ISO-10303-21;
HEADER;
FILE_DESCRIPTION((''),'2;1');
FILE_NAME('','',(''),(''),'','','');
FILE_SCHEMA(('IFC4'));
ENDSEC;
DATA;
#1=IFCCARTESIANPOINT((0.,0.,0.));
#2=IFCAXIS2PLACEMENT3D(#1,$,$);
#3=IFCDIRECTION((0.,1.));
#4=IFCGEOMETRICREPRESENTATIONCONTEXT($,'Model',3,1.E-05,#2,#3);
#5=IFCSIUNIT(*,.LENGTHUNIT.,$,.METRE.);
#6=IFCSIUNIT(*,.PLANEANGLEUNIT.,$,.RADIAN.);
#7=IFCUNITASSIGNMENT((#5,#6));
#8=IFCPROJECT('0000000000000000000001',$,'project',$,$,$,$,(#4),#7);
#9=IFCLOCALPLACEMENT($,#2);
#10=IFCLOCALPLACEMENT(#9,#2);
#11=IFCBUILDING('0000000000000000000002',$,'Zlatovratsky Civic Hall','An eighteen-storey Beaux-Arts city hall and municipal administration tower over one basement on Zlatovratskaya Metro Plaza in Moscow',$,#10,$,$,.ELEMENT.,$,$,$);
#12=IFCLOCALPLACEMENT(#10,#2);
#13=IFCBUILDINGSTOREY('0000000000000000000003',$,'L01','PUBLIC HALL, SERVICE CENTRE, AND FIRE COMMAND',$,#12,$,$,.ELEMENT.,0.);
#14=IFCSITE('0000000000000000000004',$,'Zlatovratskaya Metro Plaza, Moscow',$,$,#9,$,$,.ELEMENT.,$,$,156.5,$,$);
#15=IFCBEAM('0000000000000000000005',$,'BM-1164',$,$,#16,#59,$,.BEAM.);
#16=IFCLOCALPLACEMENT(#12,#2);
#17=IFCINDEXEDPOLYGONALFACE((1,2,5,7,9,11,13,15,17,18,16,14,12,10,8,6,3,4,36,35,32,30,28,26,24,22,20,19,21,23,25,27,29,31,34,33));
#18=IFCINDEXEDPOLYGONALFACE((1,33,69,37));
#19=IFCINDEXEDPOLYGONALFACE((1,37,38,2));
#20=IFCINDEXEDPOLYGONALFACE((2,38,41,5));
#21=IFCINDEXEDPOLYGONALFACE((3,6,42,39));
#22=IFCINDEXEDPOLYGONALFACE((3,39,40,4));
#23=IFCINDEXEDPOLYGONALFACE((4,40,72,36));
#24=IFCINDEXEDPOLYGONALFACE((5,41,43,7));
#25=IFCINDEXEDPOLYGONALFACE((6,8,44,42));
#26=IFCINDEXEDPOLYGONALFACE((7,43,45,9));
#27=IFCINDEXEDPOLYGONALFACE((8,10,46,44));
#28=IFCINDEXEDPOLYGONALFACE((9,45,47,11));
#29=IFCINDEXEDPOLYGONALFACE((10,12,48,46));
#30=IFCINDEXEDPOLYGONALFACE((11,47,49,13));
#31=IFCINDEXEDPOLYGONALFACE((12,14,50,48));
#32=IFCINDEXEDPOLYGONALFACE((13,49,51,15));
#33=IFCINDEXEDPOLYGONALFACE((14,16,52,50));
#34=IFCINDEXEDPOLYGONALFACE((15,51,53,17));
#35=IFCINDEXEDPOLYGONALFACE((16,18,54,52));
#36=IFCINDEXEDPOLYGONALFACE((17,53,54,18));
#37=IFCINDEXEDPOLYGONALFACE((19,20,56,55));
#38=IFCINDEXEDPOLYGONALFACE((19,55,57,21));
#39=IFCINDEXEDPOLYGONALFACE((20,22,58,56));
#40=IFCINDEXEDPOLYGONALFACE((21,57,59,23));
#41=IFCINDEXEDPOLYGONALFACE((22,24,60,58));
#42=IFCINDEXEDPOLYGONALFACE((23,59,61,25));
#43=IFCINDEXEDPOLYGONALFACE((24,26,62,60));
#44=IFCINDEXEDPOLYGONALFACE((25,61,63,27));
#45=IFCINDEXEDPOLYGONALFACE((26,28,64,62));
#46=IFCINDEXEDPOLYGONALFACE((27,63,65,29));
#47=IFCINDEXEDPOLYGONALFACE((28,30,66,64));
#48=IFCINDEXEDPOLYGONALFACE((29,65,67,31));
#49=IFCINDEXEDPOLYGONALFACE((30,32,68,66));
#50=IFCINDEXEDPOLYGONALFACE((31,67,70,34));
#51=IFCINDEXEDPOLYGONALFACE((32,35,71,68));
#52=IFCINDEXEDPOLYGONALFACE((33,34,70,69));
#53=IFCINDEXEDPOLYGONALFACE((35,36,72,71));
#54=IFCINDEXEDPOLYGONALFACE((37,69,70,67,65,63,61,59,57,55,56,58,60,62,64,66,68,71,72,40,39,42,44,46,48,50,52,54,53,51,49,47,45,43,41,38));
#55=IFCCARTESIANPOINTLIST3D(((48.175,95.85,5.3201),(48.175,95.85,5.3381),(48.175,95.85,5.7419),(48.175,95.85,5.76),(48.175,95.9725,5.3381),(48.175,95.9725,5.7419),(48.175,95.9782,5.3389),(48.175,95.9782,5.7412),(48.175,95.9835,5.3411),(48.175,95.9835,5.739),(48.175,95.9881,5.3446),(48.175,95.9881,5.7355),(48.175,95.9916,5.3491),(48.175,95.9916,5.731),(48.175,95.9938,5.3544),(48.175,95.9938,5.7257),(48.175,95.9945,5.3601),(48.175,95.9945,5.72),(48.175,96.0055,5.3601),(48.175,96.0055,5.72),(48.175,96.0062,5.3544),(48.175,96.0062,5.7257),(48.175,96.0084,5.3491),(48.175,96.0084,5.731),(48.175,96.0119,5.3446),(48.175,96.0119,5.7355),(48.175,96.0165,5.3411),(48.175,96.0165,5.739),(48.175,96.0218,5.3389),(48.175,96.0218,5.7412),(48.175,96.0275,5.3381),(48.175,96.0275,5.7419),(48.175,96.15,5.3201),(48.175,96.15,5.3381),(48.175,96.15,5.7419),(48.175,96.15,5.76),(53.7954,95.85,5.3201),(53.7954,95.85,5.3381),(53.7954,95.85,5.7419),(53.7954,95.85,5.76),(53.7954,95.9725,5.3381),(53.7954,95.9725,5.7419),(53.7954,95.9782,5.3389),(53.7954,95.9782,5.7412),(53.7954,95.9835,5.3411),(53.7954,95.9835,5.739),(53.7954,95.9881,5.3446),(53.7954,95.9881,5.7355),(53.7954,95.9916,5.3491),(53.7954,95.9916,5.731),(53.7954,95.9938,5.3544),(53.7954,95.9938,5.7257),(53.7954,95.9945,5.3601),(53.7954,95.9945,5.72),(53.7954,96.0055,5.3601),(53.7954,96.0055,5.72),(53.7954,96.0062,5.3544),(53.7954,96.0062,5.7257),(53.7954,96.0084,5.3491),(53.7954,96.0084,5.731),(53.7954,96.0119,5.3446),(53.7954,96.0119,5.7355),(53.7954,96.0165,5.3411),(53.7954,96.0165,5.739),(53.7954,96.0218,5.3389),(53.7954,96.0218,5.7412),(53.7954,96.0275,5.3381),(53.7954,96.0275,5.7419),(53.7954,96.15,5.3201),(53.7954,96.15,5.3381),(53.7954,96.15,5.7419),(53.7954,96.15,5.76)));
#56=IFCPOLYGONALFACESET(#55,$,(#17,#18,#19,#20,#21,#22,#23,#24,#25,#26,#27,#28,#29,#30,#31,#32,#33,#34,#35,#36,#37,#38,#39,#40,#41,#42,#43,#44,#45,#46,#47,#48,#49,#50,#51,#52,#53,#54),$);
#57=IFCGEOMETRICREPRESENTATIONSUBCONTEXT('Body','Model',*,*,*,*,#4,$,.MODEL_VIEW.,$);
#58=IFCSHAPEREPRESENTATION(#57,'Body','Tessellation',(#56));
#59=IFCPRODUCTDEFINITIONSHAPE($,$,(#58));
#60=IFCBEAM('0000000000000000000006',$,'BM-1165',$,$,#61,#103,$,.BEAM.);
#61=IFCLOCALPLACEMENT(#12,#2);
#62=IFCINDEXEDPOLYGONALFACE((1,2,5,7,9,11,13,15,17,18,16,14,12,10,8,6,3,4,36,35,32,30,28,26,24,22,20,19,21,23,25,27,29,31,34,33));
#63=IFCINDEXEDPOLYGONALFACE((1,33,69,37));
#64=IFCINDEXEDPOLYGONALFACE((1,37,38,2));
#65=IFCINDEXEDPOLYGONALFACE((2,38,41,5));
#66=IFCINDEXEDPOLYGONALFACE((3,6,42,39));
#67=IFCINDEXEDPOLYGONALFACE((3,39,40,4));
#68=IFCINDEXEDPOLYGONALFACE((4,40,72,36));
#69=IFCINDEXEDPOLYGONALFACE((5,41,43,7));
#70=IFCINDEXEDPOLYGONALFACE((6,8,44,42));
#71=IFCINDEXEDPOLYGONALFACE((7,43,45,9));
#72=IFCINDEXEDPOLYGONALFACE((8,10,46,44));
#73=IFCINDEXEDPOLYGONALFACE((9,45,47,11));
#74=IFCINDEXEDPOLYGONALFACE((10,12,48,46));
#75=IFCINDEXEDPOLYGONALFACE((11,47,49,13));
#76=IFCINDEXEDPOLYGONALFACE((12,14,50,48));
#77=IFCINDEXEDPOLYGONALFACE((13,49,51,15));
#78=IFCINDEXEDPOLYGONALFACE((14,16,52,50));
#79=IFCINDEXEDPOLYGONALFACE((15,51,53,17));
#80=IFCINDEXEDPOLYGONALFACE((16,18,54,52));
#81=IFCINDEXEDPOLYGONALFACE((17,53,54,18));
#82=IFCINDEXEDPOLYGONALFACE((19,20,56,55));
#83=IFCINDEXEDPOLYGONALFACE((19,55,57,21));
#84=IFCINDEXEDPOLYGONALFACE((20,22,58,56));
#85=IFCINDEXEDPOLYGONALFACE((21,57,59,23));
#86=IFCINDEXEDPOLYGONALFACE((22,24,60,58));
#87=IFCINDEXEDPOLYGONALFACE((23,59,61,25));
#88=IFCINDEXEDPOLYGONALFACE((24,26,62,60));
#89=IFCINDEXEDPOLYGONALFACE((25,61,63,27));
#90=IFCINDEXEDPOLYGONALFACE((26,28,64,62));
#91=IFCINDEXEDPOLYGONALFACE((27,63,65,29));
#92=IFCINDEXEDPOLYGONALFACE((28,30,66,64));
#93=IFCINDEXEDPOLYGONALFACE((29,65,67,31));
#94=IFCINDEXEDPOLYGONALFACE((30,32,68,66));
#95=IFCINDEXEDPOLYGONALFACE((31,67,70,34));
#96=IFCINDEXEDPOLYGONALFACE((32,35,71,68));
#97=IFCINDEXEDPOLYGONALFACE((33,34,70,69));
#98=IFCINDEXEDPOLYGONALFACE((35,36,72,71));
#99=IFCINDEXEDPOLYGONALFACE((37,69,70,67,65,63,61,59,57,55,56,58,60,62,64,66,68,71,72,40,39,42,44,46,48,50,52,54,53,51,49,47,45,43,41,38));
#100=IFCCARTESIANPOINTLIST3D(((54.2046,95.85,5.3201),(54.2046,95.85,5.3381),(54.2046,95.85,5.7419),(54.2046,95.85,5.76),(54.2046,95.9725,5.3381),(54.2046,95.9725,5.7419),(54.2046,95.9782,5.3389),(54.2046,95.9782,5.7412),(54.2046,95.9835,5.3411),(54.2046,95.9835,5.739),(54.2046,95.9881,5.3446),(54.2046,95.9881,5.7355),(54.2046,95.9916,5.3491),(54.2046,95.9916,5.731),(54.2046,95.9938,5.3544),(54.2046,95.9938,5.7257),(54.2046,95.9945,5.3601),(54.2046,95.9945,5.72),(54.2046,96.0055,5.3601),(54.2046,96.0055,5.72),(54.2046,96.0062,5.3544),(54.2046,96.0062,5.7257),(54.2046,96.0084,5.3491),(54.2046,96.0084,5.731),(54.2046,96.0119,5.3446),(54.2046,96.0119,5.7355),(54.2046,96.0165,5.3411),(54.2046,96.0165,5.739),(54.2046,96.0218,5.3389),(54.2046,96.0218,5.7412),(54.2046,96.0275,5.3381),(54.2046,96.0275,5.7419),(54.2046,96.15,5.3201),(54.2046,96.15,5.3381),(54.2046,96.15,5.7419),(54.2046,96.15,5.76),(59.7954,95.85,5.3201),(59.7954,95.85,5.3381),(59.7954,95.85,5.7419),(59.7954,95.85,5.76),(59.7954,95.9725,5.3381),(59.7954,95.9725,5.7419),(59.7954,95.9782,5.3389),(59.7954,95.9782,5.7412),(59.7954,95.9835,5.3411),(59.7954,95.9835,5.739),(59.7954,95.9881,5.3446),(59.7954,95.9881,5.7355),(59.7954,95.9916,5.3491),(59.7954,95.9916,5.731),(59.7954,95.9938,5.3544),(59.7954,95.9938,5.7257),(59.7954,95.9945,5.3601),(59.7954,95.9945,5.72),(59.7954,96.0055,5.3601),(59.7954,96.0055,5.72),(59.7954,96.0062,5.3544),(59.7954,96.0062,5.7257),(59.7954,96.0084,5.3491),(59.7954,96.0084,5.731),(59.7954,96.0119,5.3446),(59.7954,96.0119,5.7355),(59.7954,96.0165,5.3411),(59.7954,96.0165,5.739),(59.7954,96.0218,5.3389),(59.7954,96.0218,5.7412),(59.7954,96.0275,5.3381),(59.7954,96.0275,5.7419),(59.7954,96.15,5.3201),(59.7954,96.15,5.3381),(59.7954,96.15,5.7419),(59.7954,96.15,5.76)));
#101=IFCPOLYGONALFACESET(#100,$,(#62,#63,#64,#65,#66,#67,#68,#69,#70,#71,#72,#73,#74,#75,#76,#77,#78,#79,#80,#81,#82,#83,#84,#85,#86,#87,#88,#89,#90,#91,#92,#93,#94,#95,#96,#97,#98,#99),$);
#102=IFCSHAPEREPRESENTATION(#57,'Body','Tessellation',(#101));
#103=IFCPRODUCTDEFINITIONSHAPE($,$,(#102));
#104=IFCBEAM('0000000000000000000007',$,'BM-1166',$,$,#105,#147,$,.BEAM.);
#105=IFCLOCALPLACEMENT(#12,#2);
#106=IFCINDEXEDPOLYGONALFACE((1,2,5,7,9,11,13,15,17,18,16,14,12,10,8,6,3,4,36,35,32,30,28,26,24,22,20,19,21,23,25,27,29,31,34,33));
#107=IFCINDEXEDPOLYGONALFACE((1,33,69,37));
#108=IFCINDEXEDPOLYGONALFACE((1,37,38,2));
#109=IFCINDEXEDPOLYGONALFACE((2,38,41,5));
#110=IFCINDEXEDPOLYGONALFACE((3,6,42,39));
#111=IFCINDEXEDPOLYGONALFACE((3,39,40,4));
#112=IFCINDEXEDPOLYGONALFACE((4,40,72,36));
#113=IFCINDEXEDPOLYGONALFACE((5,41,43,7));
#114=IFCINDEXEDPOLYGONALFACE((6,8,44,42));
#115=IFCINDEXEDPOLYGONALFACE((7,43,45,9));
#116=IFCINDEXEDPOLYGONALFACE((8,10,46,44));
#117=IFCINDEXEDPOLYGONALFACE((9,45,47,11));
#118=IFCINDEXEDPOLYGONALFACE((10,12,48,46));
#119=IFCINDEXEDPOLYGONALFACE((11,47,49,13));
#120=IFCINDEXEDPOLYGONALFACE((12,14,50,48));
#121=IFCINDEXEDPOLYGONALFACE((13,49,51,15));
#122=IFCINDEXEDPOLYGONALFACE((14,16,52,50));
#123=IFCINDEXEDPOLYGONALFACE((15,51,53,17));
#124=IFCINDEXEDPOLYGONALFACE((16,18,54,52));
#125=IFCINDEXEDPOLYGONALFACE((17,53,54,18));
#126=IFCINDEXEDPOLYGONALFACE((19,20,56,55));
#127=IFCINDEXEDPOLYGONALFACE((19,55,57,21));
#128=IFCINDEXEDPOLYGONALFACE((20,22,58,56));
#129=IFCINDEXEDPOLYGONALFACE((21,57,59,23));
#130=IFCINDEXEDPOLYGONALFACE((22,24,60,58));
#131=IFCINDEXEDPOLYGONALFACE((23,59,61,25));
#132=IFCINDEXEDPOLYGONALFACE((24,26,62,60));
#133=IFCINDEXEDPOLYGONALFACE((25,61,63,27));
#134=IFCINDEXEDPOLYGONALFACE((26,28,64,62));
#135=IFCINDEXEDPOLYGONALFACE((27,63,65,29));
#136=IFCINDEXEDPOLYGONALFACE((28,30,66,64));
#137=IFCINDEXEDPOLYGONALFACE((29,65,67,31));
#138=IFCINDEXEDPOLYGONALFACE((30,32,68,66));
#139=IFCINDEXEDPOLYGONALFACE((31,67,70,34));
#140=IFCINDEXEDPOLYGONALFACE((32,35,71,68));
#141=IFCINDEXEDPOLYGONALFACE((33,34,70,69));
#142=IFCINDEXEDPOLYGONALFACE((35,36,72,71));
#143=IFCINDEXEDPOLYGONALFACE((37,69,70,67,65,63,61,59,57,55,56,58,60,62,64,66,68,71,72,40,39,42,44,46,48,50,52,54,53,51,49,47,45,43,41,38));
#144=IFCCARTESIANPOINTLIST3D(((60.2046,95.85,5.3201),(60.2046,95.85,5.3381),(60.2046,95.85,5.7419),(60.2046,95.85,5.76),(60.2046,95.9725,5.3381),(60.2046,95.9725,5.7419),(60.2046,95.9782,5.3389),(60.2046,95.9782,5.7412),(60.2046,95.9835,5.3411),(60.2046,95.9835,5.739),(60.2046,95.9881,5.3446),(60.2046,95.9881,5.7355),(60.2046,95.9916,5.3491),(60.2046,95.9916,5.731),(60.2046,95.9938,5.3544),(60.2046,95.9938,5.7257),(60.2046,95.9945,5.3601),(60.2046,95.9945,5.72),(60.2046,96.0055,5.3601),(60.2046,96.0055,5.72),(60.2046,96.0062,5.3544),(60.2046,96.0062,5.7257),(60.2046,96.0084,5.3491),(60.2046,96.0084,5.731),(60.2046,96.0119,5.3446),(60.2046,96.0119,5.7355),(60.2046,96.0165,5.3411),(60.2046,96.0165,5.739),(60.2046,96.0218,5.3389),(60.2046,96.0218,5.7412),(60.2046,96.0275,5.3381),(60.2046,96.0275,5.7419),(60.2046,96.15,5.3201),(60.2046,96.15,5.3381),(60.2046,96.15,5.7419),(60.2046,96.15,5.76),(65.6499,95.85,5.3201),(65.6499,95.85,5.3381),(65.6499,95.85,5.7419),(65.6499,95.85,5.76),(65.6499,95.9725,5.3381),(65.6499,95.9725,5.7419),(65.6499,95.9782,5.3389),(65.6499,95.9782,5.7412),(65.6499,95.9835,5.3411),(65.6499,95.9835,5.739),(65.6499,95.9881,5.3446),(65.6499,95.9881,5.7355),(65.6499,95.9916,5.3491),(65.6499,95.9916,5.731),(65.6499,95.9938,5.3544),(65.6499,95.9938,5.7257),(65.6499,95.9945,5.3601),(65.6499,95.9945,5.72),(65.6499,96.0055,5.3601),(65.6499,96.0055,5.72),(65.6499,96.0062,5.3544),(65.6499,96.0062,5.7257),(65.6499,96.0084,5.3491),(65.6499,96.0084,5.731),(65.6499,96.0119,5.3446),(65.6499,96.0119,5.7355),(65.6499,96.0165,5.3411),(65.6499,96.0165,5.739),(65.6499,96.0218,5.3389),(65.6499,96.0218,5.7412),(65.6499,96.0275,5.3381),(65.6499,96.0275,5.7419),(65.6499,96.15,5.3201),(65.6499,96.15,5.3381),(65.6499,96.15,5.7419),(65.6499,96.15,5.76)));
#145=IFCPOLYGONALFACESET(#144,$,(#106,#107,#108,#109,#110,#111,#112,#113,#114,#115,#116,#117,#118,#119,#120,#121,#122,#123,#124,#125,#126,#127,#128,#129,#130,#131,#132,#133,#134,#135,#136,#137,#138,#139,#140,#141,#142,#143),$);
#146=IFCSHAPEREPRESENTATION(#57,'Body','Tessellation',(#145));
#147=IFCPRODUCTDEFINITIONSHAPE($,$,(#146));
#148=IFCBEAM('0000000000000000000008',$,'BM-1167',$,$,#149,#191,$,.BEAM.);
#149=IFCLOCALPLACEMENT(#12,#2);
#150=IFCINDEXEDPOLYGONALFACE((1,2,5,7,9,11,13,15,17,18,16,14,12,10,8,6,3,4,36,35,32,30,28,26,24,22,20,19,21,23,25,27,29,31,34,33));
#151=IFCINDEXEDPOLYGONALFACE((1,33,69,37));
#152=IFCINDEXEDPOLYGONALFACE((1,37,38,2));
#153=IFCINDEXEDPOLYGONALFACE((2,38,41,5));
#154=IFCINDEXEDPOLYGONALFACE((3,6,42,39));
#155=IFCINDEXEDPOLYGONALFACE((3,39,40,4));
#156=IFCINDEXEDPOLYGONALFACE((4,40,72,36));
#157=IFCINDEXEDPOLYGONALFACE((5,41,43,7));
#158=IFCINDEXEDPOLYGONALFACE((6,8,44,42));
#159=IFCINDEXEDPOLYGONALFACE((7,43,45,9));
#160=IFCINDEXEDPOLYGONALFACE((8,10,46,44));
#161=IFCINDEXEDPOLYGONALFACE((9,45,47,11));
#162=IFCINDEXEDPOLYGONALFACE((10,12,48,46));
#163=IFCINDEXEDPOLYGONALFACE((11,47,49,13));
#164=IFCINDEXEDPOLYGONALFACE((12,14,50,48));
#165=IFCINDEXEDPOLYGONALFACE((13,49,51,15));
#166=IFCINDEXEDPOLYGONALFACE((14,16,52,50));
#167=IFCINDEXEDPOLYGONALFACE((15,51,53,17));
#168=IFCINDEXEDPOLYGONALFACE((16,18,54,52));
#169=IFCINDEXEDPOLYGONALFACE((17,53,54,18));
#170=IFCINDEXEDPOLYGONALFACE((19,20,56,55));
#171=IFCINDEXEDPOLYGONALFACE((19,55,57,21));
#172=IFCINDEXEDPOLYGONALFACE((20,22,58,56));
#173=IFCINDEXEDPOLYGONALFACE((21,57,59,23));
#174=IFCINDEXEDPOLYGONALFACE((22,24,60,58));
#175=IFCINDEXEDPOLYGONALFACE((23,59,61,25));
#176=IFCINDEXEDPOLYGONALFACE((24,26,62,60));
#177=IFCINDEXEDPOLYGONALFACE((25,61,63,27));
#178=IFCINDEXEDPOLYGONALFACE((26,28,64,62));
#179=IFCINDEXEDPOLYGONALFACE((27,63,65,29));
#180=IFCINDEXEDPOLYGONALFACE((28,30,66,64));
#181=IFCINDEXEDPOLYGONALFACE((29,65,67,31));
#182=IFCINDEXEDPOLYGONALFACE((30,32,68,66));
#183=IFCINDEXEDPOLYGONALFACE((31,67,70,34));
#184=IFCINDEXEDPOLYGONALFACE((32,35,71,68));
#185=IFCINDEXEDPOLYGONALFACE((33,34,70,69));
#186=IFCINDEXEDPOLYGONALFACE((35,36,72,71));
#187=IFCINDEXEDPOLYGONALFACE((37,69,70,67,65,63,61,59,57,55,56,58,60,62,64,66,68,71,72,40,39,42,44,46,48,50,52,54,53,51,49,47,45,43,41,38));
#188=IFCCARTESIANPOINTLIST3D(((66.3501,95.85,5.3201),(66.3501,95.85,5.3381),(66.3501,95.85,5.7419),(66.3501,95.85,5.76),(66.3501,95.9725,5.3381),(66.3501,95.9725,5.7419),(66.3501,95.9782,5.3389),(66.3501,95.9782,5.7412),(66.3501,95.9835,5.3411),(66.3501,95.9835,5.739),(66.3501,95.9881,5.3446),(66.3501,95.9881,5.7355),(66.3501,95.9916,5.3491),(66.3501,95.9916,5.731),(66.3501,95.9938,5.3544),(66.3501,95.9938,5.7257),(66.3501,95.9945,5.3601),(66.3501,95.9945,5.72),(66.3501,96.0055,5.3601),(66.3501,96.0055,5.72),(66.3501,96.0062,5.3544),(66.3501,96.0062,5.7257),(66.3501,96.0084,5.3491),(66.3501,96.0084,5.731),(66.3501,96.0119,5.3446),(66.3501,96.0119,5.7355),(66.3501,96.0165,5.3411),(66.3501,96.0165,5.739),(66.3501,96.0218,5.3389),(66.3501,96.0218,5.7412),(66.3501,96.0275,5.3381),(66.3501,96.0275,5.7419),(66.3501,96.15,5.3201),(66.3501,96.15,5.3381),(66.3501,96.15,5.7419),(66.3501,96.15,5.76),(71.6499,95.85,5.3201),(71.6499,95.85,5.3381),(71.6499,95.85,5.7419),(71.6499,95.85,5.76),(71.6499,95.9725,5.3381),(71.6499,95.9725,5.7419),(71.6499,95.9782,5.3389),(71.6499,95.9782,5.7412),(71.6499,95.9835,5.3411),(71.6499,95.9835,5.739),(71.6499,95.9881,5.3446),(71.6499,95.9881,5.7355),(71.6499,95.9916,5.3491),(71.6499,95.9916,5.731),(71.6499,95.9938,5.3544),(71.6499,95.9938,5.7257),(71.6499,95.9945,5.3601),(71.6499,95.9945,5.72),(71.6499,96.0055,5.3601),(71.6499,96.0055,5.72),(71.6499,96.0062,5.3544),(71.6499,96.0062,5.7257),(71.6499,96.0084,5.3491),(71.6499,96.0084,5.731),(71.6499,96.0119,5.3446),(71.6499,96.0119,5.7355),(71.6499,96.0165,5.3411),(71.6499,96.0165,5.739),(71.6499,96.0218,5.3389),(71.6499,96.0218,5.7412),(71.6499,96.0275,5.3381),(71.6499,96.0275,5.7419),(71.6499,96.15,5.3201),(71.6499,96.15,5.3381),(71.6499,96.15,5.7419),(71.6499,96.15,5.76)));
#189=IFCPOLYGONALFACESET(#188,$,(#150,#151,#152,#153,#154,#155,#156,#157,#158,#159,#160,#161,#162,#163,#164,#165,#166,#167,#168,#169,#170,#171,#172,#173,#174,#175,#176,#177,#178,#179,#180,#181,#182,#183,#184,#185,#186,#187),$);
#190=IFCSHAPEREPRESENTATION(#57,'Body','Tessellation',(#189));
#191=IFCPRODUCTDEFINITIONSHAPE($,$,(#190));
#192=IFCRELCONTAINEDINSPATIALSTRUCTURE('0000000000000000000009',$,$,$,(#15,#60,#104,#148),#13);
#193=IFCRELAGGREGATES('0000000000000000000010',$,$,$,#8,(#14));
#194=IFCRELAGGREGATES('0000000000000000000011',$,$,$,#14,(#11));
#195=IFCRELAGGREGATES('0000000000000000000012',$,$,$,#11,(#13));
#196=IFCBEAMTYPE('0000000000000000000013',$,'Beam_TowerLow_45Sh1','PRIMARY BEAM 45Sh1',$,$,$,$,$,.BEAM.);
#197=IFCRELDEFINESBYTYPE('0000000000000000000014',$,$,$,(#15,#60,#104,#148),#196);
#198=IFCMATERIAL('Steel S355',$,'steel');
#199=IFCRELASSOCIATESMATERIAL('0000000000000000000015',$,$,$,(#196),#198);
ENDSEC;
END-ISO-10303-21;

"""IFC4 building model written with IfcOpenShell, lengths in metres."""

from ifc_helpers import new_model, si_unit, direction, frame, origin, origin_2d, place, context, subcontext, project, spatial, i_section, extrude, material, material_profile, profile_set, type_object, element, save


model = new_model("IFC4")

# Units and contexts
model_context = context("Model", 3, precision=1e-05, world=origin(), true_north=direction((0.0, 1.0)))
body_context = subcontext(model_context, "Body", "Model", "MODEL_VIEW")
ifc_project = project(units=[si_unit("LENGTHUNIT", "METRE"), si_unit("PLANEANGLEUNIT", "RADIAN")], contexts=[model_context])

# Site, building, storey
site_placement = place(None, origin())
site = spatial("IfcSite", under=ifc_project, at=site_placement, Name="Zlatovratskaya Metro Plaza, Moscow", CompositionType="ELEMENT", RefElevation=156.5)
building_placement = place(site_placement, origin())
building = spatial("IfcBuilding", under=site, at=building_placement, Name="Zlatovratsky Civic Hall", Description="An eighteen-storey Beaux-Arts city hall and municipal administration tower over one basement on Zlatovratskaya Metro Plaza in Moscow", CompositionType="ELEMENT")
storey_placement = place(building_placement, origin())
storey = spatial("IfcBuildingStorey", under=building, at=storey_placement, Name="L01", Description="PUBLIC HALL, SERVICE CENTRE, AND FIRE COMMAND", CompositionType="ELEMENT", Elevation=0.0)

# Shared definitions
ifc_material_1 = material(Name="Steel S355", Category="steel")

# Beams
ifc_material_profile_1 = material_profile(ifc_material_1, i_section(OverallWidth=0.3, OverallDepth=0.4399, WebThickness=0.011, FlangeThickness=0.0181, FilletRadius=0.022, at=origin_2d()), Name="45Sh1")
ifc_profile_set_1 = profile_set([ifc_material_profile_1], Name="Steel S355")
beam_type = type_object("IfcBeamType", Name="Beam_TowerLow_45Sh1", Description="PRIMARY BEAM 45Sh1", PredefinedType="BEAM", material=ifc_profile_set_1)
beam_1_placement = place(storey_placement, frame((48.175, 96.0, 5.54), z_axis=(1.0, 0.0, 0.0), x_axis=(0.0, 1.0, 0.0)))
element("IfcBeam", 1, at=beam_1_placement, inside=storey, type_object=beam_type, Name="BM-1164", PredefinedType="BEAM", context=body_context, shape_type="SweptSolid", body=[
    extrude(i_section(OverallWidth=0.3, OverallDepth=0.4399, WebThickness=0.011, FlangeThickness=0.0181, FilletRadius=0.022, at=origin_2d()), origin(), (0.0, 0.0, 1.0), 5.6204),
])
beam_2_placement = place(storey_placement, frame((54.2046, 96.0, 5.54), z_axis=(1.0, 0.0, 0.0), x_axis=(0.0, 1.0, 0.0)))
element("IfcBeam", 2, at=beam_2_placement, inside=storey, type_object=beam_type, Name="BM-1165", PredefinedType="BEAM", context=body_context, shape_type="SweptSolid", body=[
    extrude(i_section(OverallWidth=0.3, OverallDepth=0.4399, WebThickness=0.011, FlangeThickness=0.0181, FilletRadius=0.022, at=origin_2d()), origin(), (0.0, 0.0, 1.0), 5.5908),
])
beam_3_placement = place(storey_placement, frame((60.2046, 96.0, 5.54), z_axis=(1.0, 0.0, 0.0), x_axis=(0.0, 1.0, 0.0)))
element("IfcBeam", 3, at=beam_3_placement, inside=storey, type_object=beam_type, Name="BM-1166", PredefinedType="BEAM", context=body_context, shape_type="SweptSolid", body=[
    extrude(i_section(OverallWidth=0.3, OverallDepth=0.4399, WebThickness=0.011, FlangeThickness=0.0181, FilletRadius=0.022, at=origin_2d()), origin(), (0.0, 0.0, 1.0), 5.4453),
])
beam_4_placement = place(storey_placement, frame((66.3501, 96.0, 5.54), z_axis=(1.0, 0.0, 0.0), x_axis=(0.0, 1.0, 0.0)))
element("IfcBeam", 4, at=beam_4_placement, inside=storey, type_object=beam_type, Name="BM-1167", PredefinedType="BEAM", context=body_context, shape_type="SweptSolid", body=[
    extrude(i_section(OverallWidth=0.3, OverallDepth=0.4399, WebThickness=0.011, FlangeThickness=0.0181, FilletRadius=0.022, at=origin_2d()), origin(), (0.0, 0.0, 1.0), 5.2998),
])

save(model, "model.ifc")
